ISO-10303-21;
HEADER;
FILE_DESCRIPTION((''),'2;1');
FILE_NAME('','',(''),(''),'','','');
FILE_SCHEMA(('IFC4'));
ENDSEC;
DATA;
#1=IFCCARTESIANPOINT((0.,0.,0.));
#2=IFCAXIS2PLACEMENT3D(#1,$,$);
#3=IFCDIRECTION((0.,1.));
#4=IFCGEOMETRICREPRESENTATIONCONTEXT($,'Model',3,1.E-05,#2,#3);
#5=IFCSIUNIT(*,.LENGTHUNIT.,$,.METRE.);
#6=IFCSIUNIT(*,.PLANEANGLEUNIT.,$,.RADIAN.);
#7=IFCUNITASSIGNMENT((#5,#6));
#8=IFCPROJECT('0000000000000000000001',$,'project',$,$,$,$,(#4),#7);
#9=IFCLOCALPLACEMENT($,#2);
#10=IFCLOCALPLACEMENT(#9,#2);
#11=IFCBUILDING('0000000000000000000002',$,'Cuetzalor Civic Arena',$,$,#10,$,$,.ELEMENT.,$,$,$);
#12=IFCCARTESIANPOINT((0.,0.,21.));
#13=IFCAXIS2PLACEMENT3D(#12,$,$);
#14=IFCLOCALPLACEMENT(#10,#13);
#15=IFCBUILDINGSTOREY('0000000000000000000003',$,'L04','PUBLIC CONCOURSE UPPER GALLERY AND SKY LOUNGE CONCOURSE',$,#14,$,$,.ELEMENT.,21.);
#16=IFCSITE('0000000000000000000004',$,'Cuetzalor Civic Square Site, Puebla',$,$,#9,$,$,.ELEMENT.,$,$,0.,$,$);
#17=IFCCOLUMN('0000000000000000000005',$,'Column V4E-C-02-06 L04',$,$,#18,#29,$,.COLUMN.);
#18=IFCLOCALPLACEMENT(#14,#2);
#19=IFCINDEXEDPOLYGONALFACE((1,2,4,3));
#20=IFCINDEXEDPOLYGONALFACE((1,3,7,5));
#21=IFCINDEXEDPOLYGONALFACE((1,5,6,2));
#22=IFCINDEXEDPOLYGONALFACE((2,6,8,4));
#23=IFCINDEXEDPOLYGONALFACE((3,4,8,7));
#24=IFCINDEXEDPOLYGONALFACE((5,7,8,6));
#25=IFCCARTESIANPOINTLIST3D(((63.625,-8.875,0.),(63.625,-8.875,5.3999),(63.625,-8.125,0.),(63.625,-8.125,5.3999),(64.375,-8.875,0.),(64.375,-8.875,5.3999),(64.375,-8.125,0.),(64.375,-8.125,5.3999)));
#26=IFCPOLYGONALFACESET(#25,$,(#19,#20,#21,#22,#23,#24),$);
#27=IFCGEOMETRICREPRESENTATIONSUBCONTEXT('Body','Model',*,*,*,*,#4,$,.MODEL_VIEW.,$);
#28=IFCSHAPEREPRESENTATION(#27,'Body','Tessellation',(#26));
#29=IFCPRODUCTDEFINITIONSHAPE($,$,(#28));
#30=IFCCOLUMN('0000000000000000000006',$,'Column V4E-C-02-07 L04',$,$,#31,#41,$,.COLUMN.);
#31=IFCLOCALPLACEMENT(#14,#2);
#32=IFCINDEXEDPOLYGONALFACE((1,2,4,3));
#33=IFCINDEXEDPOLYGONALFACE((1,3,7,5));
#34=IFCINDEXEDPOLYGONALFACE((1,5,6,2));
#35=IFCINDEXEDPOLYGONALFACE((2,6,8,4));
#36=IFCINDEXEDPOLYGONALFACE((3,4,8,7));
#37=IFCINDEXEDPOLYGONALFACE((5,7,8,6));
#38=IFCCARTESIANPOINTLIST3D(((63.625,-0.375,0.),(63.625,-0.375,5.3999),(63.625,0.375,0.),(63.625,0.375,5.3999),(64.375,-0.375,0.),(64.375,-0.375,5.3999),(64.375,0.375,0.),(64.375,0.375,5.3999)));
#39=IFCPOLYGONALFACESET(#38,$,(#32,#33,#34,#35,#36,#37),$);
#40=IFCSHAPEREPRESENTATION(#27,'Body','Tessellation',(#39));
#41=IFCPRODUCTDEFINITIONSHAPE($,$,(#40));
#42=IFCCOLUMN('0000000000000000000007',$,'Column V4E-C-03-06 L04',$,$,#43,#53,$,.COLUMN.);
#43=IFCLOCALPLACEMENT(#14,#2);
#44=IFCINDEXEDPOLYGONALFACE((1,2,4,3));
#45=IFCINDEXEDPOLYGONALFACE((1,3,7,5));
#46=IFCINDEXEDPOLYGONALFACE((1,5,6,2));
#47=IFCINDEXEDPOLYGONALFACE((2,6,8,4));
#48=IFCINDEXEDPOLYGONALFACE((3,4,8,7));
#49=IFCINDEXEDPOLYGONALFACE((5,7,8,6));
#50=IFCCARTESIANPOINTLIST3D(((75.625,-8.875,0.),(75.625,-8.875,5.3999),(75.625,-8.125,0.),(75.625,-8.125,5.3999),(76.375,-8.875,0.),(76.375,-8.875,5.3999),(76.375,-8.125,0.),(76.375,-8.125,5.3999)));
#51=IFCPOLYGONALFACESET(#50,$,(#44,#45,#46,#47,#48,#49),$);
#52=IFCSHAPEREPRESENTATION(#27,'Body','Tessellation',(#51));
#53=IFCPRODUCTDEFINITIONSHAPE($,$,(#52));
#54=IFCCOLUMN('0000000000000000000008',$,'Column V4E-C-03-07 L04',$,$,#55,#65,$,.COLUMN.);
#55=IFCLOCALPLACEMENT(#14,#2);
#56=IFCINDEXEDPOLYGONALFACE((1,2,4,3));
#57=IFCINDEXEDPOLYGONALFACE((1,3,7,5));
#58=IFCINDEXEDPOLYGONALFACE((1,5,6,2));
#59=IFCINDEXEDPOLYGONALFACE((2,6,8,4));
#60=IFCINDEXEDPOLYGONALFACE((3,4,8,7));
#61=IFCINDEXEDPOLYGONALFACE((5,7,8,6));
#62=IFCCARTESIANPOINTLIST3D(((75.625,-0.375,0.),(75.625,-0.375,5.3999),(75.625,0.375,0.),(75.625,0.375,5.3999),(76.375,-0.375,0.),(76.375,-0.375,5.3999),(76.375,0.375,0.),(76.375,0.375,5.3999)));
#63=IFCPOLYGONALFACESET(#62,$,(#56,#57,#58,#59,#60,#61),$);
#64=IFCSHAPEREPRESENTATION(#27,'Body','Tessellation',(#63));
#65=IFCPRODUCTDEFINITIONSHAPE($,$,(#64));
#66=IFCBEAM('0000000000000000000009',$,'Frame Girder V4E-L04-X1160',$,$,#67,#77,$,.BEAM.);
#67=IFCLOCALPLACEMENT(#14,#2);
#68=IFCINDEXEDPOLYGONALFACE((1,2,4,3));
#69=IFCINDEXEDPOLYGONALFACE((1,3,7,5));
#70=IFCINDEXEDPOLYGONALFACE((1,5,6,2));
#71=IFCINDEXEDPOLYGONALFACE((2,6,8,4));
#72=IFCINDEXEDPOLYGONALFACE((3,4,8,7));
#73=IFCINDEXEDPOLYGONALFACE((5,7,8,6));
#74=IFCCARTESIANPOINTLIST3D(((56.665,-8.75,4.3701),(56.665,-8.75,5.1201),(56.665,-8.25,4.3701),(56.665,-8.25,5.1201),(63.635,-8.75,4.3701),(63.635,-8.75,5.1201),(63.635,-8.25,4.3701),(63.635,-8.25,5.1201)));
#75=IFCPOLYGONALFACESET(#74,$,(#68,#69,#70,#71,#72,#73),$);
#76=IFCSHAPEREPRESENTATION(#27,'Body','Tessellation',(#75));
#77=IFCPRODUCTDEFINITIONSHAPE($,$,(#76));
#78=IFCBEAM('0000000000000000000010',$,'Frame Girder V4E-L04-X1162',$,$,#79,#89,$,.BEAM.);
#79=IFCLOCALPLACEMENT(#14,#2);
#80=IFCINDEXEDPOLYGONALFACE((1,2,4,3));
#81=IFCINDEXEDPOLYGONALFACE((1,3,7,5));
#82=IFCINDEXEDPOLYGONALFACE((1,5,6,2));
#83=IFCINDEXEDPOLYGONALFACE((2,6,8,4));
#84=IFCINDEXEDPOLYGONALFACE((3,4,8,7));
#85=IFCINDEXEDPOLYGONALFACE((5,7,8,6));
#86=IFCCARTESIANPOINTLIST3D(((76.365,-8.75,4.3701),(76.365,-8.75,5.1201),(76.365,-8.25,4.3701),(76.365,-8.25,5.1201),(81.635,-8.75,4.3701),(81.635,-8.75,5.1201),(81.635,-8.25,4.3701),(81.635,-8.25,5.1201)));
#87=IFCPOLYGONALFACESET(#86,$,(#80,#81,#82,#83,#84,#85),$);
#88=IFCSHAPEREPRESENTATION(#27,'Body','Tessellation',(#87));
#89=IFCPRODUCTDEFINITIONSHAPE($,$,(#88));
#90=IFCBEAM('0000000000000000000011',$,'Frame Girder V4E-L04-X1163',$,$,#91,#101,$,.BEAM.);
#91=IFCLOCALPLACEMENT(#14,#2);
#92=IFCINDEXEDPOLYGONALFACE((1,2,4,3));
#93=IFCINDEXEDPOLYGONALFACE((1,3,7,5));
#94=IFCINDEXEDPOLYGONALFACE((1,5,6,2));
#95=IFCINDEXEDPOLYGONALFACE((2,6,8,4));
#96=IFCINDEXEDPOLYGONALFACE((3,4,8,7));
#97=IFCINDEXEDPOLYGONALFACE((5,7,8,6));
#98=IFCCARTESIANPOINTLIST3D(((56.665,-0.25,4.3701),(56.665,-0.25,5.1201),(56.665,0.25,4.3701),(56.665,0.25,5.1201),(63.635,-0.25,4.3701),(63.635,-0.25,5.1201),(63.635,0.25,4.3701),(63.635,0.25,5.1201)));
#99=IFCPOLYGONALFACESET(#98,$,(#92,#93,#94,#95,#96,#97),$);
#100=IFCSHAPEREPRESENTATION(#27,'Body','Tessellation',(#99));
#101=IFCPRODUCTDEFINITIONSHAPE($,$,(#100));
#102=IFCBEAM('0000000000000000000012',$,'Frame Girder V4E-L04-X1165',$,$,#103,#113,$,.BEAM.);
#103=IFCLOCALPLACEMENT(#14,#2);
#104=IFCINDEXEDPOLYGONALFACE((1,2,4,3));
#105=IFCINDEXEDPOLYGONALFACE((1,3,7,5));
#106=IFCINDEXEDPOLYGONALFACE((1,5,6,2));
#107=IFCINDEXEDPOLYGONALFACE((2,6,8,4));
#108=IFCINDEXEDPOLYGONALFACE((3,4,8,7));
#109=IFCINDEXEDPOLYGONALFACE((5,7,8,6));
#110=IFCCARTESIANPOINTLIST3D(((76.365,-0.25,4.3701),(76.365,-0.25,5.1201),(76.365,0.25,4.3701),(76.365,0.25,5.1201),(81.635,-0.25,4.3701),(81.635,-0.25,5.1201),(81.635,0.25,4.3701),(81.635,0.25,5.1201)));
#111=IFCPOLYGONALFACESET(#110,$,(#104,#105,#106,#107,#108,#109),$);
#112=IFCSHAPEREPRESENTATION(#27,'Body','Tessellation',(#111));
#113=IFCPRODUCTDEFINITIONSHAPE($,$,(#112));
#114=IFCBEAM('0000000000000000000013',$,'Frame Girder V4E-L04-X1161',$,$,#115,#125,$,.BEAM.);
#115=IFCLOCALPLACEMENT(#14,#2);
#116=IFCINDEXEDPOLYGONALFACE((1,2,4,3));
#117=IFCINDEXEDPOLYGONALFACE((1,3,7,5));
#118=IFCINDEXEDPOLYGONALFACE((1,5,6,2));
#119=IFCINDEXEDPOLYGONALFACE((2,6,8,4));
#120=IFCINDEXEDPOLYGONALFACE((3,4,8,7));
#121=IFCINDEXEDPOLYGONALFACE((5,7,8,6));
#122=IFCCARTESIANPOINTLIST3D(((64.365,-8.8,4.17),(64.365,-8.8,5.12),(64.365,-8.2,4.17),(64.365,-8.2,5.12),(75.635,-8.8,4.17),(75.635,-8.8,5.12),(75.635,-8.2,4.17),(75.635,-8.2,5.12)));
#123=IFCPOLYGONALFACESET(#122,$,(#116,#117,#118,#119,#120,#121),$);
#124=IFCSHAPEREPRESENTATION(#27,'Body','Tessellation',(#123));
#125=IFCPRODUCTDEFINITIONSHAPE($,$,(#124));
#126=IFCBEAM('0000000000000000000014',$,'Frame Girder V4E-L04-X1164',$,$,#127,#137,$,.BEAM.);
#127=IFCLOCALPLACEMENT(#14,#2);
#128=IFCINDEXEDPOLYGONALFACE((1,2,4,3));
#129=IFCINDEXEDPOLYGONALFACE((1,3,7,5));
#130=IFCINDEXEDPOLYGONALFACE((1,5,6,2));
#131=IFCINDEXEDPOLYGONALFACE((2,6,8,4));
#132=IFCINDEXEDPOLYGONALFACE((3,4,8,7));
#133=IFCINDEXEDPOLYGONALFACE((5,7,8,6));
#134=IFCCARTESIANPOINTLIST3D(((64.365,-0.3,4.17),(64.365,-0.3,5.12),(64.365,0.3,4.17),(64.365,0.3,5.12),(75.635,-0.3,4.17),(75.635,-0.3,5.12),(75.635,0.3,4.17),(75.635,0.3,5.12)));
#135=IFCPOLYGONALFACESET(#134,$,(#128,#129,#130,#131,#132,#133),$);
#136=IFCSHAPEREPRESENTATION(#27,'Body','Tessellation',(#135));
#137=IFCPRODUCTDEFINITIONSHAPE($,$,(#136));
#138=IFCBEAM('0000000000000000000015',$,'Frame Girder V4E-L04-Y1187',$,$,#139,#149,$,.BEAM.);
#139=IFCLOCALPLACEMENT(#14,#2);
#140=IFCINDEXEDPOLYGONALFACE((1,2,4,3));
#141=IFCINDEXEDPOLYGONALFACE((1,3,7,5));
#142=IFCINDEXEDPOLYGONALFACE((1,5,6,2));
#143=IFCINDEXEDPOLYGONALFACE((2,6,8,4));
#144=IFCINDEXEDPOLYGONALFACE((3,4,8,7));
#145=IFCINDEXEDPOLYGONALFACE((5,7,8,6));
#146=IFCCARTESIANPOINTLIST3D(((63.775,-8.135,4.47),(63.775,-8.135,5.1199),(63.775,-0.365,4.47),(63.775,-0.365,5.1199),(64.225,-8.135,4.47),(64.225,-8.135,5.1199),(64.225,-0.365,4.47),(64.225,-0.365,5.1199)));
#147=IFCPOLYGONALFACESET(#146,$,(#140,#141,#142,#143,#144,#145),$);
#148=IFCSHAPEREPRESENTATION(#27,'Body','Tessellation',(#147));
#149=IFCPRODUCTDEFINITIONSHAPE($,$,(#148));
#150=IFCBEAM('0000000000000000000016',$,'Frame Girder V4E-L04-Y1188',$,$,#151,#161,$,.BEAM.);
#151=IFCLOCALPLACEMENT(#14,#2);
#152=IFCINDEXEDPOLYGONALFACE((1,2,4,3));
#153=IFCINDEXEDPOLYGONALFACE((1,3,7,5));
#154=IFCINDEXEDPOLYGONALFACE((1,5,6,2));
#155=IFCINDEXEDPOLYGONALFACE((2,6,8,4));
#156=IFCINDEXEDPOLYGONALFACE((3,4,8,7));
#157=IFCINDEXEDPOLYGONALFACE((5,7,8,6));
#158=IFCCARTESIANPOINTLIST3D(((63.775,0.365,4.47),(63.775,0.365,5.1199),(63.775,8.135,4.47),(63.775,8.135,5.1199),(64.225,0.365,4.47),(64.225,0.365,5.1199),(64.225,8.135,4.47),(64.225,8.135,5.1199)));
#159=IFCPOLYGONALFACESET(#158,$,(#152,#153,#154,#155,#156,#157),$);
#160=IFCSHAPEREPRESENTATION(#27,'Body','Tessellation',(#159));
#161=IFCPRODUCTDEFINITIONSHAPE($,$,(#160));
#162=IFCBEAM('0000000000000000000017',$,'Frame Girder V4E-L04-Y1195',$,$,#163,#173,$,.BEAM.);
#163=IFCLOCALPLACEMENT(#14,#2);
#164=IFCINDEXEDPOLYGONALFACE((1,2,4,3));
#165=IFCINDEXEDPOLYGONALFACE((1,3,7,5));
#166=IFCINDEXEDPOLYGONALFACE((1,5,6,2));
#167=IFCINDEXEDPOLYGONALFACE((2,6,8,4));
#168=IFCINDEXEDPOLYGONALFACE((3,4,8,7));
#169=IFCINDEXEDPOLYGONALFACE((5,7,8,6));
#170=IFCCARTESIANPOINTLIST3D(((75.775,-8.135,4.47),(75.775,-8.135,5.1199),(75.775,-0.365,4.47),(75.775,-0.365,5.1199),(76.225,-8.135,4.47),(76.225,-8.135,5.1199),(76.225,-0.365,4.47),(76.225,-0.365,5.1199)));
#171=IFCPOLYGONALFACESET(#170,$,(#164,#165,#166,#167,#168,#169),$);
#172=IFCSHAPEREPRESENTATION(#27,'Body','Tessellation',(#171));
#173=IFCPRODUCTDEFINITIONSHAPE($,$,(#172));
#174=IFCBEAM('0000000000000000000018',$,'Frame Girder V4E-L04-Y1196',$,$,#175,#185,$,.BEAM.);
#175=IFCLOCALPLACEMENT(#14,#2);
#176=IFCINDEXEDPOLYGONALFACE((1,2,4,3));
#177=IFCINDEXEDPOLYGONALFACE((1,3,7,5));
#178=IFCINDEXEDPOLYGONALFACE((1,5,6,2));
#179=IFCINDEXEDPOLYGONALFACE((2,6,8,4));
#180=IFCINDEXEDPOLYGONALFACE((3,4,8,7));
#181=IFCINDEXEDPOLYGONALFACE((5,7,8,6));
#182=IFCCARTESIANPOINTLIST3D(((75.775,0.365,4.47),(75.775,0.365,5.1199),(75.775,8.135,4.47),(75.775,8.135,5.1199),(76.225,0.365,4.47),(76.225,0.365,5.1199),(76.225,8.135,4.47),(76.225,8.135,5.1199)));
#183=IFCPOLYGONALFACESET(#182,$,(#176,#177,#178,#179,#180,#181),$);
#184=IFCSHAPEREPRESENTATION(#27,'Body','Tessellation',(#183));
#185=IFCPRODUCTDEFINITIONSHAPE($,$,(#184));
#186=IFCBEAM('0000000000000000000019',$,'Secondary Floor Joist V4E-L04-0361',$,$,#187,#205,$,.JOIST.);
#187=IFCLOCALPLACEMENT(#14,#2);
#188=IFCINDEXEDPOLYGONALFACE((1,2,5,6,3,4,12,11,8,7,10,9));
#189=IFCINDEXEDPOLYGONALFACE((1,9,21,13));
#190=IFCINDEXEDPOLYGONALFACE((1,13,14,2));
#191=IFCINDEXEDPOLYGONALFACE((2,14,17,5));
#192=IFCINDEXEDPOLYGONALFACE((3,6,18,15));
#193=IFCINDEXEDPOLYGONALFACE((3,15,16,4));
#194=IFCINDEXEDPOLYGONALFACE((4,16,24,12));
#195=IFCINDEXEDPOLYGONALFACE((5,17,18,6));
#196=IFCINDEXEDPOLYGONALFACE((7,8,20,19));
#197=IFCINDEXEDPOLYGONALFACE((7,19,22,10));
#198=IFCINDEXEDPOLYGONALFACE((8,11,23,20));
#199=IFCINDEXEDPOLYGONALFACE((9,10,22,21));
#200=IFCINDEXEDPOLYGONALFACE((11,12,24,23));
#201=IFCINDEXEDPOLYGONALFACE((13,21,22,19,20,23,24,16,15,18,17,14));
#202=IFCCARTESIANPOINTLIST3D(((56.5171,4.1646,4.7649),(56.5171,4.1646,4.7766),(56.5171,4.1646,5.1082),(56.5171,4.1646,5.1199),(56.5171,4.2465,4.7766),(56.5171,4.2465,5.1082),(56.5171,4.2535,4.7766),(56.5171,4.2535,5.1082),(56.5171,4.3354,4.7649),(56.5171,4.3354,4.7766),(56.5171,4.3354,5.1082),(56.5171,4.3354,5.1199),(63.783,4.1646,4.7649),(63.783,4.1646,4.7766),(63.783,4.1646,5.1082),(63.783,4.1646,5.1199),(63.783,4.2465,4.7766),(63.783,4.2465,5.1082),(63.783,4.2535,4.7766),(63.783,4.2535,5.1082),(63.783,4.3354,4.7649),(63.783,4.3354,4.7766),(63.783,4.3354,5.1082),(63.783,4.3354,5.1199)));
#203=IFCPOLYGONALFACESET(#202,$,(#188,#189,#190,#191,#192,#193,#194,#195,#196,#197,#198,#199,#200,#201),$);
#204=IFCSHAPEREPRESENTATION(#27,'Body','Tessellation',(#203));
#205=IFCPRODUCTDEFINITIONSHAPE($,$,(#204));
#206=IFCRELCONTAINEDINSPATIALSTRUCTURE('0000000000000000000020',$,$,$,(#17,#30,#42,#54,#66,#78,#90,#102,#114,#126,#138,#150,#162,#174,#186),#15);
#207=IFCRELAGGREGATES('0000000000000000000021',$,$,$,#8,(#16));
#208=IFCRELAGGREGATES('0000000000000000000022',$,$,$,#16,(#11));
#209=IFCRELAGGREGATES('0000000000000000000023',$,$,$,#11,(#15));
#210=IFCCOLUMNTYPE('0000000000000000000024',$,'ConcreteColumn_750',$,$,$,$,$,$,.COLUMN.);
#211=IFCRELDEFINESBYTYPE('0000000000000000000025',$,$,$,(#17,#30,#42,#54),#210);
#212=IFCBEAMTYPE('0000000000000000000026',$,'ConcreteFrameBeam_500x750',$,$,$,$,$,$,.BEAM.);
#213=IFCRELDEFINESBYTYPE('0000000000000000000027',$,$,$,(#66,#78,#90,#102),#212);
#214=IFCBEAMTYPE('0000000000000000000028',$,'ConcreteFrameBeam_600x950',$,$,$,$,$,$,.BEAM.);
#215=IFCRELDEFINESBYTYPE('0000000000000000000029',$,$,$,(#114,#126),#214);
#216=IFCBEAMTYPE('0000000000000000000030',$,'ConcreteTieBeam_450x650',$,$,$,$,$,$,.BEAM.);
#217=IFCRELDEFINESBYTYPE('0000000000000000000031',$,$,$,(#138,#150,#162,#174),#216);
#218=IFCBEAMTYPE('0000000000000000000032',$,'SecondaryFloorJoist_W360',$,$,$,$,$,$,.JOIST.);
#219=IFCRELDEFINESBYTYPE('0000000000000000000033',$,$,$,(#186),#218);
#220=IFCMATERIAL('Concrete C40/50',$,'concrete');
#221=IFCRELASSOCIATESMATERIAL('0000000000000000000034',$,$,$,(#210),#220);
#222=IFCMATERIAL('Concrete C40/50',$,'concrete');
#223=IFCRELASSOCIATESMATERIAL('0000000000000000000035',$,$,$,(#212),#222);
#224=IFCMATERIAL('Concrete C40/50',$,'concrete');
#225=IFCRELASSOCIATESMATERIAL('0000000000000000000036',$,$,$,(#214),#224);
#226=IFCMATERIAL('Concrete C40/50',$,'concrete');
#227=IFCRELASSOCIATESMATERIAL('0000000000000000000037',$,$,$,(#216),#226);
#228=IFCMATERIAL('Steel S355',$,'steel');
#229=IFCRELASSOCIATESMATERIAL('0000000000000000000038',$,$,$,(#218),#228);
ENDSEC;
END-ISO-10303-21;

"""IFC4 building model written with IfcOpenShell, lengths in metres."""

from ifc_helpers import new_model, si_unit, direction, frame, origin, origin_2d, place, context, subcontext, project, spatial, rectangle, i_section, extrude, material, material_profile, profile_set, type_object, element, save


model = new_model("IFC4")

# Units and contexts
model_context = context("Model", 3, precision=1e-05, world=origin(), true_north=direction((0.0, 1.0)))
body_context = subcontext(model_context, "Body", "Model", "MODEL_VIEW")
ifc_project = project(units=[si_unit("LENGTHUNIT", "METRE"), si_unit("PLANEANGLEUNIT", "RADIAN")], contexts=[model_context])

# Site, building, storey
site_placement = place(None, origin())
site = spatial("IfcSite", under=ifc_project, at=site_placement, Name="Cuetzalor Civic Square Site, Puebla", CompositionType="ELEMENT", RefElevation=0.0)
building_placement = place(site_placement, origin())
building = spatial("IfcBuilding", under=site, at=building_placement, Name="Cuetzalor Civic Arena", CompositionType="ELEMENT")
storey_placement = place(building_placement, frame((0.0, 0.0, 21.0)))
storey = spatial("IfcBuildingStorey", under=building, at=storey_placement, Name="L04", Description="PUBLIC CONCOURSE UPPER GALLERY AND SKY LOUNGE CONCOURSE", CompositionType="ELEMENT", Elevation=21.0)

# Columns
ifc_material_1 = material(Name="Concrete C40/50", Category="concrete")
ifc_material_profile_1 = material_profile(ifc_material_1, rectangle(XDim=0.75, YDim=0.75, at=origin_2d()), Name="RC 750x750")
ifc_profile_set_1 = profile_set([ifc_material_profile_1], Name="Concrete C40/50")
column_type = type_object("IfcColumnType", Name="ConcreteColumn_750", PredefinedType="COLUMN", material=ifc_profile_set_1)
for number, where, z_axis, x_axis, name in (
    (1, (64.0, -8.5, 0.0), (0.0, 0.0, 1.0), (1.0, 0.0, 0.0), "Column V4E-C-02-06 L04"),
    (2, (64.0, 0.0, 0.0), (0.0, 0.0, 1.0), (1.0, 0.0, 0.0), "Column V4E-C-02-07 L04"),
    (3, (76.0, -8.5, 0.0), (0.0, 0.0, 1.0), (1.0, 0.0, 0.0), "Column V4E-C-03-06 L04"),
    (4, (76.0, 0.0, 0.0), (0.0, 0.0, 1.0), (1.0, 0.0, 0.0), "Column V4E-C-03-07 L04"),
):
    element("IfcColumn", number, at=place(storey_placement, frame(where, z_axis=z_axis, x_axis=x_axis)), inside=storey, type_object=column_type, Name=name, PredefinedType="COLUMN", context=body_context, shape_type="SweptSolid", body=[
        extrude(rectangle(XDim=0.75, YDim=0.75, at=origin_2d()), origin(), (0.0, 0.0, 1.0), 5.3999),
    ])

# Beams
ifc_material_2 = material(Name="Concrete C40/50", Category="concrete")
ifc_material_profile_2 = material_profile(ifc_material_2, rectangle(XDim=0.5, YDim=0.75, at=origin_2d()), Name="RC 500x750")
ifc_profile_set_2 = profile_set([ifc_material_profile_2], Name="Concrete C40/50")
beam_type_1 = type_object("IfcBeamType", Name="ConcreteFrameBeam_500x750", PredefinedType="BEAM", material=ifc_profile_set_2)
beam_1_placement = place(storey_placement, frame((56.665, -8.5, 4.7451), z_axis=(1.0, 0.0, 0.0), x_axis=(0.0, 1.0, 0.0)))
element("IfcBeam", 5, at=beam_1_placement, inside=storey, type_object=beam_type_1, Name="Frame Girder V4E-L04-X1160", PredefinedType="BEAM", context=body_context, shape_type="SweptSolid", body=[
    extrude(rectangle(XDim=0.5, YDim=0.75, at=origin_2d()), origin(), (0.0, 0.0, 1.0), 6.97),
])
beam_2_placement = place(storey_placement, frame((76.365, -8.5, 4.7451), z_axis=(1.0, 0.0, 0.0), x_axis=(0.0, 1.0, 0.0)))
element("IfcBeam", 6, at=beam_2_placement, inside=storey, type_object=beam_type_1, Name="Frame Girder V4E-L04-X1162", PredefinedType="BEAM", context=body_context, shape_type="SweptSolid", body=[
    extrude(rectangle(XDim=0.5, YDim=0.75, at=origin_2d()), origin(), (0.0, 0.0, 1.0), 5.27),
])
beam_3_placement = place(storey_placement, frame((56.665, 0.0, 4.7451), z_axis=(1.0, 0.0, 0.0), x_axis=(0.0, 1.0, 0.0)))
element("IfcBeam", 7, at=beam_3_placement, inside=storey, type_object=beam_type_1, Name="Frame Girder V4E-L04-X1163", PredefinedType="BEAM", context=body_context, shape_type="SweptSolid", body=[
    extrude(rectangle(XDim=0.5, YDim=0.75, at=origin_2d()), origin(), (0.0, 0.0, 1.0), 6.97),
])
beam_4_placement = place(storey_placement, frame((76.365, 0.0, 4.7451), z_axis=(1.0, 0.0, 0.0), x_axis=(0.0, 1.0, 0.0)))
element("IfcBeam", 8, at=beam_4_placement, inside=storey, type_object=beam_type_1, Name="Frame Girder V4E-L04-X1165", PredefinedType="BEAM", context=body_context, shape_type="SweptSolid", body=[
    extrude(rectangle(XDim=0.5, YDim=0.75, at=origin_2d()), origin(), (0.0, 0.0, 1.0), 5.27),
])
ifc_material_3 = material(Name="Concrete C40/50", Category="concrete")
ifc_material_profile_3 = material_profile(ifc_material_3, rectangle(XDim=0.6001, YDim=0.95, at=origin_2d()), Name="RC 600x950")
ifc_profile_set_3 = profile_set([ifc_material_profile_3], Name="Concrete C40/50")
beam_type_2 = type_object("IfcBeamType", Name="ConcreteFrameBeam_600x950", PredefinedType="BEAM", material=ifc_profile_set_3)
for number, where, z_axis, x_axis, name in (
    (9, (64.365, -8.5, 4.645), (1.0, 0.0, 0.0), (0.0, 1.0, 0.0), "Frame Girder V4E-L04-X1161"),
    (10, (64.365, 0.0, 4.645), (1.0, 0.0, 0.0), (0.0, 1.0, 0.0), "Frame Girder V4E-L04-X1164"),
):
    element("IfcBeam", number, at=place(storey_placement, frame(where, z_axis=z_axis, x_axis=x_axis)), inside=storey, type_object=beam_type_2, Name=name, PredefinedType="BEAM", context=body_context, shape_type="SweptSolid", body=[
        extrude(rectangle(XDim=0.6001, YDim=0.95, at=origin_2d()), origin(), (0.0, 0.0, 1.0), 11.27),
    ])
ifc_material_4 = material(Name="Concrete C40/50", Category="concrete")
ifc_material_profile_4 = material_profile(ifc_material_4, rectangle(XDim=0.45, YDim=0.6499, at=origin_2d()), Name="RC 450x650")
ifc_profile_set_4 = profile_set([ifc_material_profile_4], Name="Concrete C40/50")
beam_type_3 = type_object("IfcBeamType", Name="ConcreteTieBeam_450x650", PredefinedType="BEAM", material=ifc_profile_set_4)
for number, where, z_axis, x_axis, name in (
    (11, (64.0, -8.135, 4.7949), (0.0, 1.0, 0.0), (-1.0, 0.0, 0.0), "Frame Girder V4E-L04-Y1187"),
    (12, (64.0, 0.365, 4.7949), (0.0, 1.0, 0.0), (-1.0, 0.0, 0.0), "Frame Girder V4E-L04-Y1188"),
    (13, (76.0, -8.135, 4.7949), (0.0, 1.0, 0.0), (-1.0, 0.0, 0.0), "Frame Girder V4E-L04-Y1195"),
    (14, (76.0, 0.365, 4.7949), (0.0, 1.0, 0.0), (-1.0, 0.0, 0.0), "Frame Girder V4E-L04-Y1196"),
):
    element("IfcBeam", number, at=place(storey_placement, frame(where, z_axis=z_axis, x_axis=x_axis)), inside=storey, type_object=beam_type_3, Name=name, PredefinedType="BEAM", context=body_context, shape_type="SweptSolid", body=[
        extrude(rectangle(XDim=0.45, YDim=0.6499, at=origin_2d()), origin(), (0.0, 0.0, 1.0), 7.77),
    ])
ifc_material_5 = material(Name="Steel S355", Category="steel")
ifc_material_profile_5 = material_profile(ifc_material_5, i_section(OverallWidth=0.1709, OverallDepth=0.355, WebThickness=0.0071, FlangeThickness=0.0117, at=origin_2d()), Name="W360x51")
ifc_profile_set_5 = profile_set([ifc_material_profile_5], Name="Steel S355")
beam_type_4 = type_object("IfcBeamType", Name="SecondaryFloorJoist_W360", PredefinedType="JOIST", material=ifc_profile_set_5)
beam_5_placement = place(storey_placement, frame((56.5171, 4.25, 4.9424), z_axis=(1.0, 0.0, 0.0), x_axis=(0.0, 1.0, 0.0)))
element("IfcBeam", 15, at=beam_5_placement, inside=storey, type_object=beam_type_4, Name="Secondary Floor Joist V4E-L04-0361", PredefinedType="JOIST", context=body_context, shape_type="SweptSolid", body=[
    extrude(i_section(OverallWidth=0.1709, OverallDepth=0.355, WebThickness=0.0071, FlangeThickness=0.0117, at=origin_2d()), origin(), (0.0, 0.0, 1.0), 7.2659),
])

save(model, "model.ifc")
